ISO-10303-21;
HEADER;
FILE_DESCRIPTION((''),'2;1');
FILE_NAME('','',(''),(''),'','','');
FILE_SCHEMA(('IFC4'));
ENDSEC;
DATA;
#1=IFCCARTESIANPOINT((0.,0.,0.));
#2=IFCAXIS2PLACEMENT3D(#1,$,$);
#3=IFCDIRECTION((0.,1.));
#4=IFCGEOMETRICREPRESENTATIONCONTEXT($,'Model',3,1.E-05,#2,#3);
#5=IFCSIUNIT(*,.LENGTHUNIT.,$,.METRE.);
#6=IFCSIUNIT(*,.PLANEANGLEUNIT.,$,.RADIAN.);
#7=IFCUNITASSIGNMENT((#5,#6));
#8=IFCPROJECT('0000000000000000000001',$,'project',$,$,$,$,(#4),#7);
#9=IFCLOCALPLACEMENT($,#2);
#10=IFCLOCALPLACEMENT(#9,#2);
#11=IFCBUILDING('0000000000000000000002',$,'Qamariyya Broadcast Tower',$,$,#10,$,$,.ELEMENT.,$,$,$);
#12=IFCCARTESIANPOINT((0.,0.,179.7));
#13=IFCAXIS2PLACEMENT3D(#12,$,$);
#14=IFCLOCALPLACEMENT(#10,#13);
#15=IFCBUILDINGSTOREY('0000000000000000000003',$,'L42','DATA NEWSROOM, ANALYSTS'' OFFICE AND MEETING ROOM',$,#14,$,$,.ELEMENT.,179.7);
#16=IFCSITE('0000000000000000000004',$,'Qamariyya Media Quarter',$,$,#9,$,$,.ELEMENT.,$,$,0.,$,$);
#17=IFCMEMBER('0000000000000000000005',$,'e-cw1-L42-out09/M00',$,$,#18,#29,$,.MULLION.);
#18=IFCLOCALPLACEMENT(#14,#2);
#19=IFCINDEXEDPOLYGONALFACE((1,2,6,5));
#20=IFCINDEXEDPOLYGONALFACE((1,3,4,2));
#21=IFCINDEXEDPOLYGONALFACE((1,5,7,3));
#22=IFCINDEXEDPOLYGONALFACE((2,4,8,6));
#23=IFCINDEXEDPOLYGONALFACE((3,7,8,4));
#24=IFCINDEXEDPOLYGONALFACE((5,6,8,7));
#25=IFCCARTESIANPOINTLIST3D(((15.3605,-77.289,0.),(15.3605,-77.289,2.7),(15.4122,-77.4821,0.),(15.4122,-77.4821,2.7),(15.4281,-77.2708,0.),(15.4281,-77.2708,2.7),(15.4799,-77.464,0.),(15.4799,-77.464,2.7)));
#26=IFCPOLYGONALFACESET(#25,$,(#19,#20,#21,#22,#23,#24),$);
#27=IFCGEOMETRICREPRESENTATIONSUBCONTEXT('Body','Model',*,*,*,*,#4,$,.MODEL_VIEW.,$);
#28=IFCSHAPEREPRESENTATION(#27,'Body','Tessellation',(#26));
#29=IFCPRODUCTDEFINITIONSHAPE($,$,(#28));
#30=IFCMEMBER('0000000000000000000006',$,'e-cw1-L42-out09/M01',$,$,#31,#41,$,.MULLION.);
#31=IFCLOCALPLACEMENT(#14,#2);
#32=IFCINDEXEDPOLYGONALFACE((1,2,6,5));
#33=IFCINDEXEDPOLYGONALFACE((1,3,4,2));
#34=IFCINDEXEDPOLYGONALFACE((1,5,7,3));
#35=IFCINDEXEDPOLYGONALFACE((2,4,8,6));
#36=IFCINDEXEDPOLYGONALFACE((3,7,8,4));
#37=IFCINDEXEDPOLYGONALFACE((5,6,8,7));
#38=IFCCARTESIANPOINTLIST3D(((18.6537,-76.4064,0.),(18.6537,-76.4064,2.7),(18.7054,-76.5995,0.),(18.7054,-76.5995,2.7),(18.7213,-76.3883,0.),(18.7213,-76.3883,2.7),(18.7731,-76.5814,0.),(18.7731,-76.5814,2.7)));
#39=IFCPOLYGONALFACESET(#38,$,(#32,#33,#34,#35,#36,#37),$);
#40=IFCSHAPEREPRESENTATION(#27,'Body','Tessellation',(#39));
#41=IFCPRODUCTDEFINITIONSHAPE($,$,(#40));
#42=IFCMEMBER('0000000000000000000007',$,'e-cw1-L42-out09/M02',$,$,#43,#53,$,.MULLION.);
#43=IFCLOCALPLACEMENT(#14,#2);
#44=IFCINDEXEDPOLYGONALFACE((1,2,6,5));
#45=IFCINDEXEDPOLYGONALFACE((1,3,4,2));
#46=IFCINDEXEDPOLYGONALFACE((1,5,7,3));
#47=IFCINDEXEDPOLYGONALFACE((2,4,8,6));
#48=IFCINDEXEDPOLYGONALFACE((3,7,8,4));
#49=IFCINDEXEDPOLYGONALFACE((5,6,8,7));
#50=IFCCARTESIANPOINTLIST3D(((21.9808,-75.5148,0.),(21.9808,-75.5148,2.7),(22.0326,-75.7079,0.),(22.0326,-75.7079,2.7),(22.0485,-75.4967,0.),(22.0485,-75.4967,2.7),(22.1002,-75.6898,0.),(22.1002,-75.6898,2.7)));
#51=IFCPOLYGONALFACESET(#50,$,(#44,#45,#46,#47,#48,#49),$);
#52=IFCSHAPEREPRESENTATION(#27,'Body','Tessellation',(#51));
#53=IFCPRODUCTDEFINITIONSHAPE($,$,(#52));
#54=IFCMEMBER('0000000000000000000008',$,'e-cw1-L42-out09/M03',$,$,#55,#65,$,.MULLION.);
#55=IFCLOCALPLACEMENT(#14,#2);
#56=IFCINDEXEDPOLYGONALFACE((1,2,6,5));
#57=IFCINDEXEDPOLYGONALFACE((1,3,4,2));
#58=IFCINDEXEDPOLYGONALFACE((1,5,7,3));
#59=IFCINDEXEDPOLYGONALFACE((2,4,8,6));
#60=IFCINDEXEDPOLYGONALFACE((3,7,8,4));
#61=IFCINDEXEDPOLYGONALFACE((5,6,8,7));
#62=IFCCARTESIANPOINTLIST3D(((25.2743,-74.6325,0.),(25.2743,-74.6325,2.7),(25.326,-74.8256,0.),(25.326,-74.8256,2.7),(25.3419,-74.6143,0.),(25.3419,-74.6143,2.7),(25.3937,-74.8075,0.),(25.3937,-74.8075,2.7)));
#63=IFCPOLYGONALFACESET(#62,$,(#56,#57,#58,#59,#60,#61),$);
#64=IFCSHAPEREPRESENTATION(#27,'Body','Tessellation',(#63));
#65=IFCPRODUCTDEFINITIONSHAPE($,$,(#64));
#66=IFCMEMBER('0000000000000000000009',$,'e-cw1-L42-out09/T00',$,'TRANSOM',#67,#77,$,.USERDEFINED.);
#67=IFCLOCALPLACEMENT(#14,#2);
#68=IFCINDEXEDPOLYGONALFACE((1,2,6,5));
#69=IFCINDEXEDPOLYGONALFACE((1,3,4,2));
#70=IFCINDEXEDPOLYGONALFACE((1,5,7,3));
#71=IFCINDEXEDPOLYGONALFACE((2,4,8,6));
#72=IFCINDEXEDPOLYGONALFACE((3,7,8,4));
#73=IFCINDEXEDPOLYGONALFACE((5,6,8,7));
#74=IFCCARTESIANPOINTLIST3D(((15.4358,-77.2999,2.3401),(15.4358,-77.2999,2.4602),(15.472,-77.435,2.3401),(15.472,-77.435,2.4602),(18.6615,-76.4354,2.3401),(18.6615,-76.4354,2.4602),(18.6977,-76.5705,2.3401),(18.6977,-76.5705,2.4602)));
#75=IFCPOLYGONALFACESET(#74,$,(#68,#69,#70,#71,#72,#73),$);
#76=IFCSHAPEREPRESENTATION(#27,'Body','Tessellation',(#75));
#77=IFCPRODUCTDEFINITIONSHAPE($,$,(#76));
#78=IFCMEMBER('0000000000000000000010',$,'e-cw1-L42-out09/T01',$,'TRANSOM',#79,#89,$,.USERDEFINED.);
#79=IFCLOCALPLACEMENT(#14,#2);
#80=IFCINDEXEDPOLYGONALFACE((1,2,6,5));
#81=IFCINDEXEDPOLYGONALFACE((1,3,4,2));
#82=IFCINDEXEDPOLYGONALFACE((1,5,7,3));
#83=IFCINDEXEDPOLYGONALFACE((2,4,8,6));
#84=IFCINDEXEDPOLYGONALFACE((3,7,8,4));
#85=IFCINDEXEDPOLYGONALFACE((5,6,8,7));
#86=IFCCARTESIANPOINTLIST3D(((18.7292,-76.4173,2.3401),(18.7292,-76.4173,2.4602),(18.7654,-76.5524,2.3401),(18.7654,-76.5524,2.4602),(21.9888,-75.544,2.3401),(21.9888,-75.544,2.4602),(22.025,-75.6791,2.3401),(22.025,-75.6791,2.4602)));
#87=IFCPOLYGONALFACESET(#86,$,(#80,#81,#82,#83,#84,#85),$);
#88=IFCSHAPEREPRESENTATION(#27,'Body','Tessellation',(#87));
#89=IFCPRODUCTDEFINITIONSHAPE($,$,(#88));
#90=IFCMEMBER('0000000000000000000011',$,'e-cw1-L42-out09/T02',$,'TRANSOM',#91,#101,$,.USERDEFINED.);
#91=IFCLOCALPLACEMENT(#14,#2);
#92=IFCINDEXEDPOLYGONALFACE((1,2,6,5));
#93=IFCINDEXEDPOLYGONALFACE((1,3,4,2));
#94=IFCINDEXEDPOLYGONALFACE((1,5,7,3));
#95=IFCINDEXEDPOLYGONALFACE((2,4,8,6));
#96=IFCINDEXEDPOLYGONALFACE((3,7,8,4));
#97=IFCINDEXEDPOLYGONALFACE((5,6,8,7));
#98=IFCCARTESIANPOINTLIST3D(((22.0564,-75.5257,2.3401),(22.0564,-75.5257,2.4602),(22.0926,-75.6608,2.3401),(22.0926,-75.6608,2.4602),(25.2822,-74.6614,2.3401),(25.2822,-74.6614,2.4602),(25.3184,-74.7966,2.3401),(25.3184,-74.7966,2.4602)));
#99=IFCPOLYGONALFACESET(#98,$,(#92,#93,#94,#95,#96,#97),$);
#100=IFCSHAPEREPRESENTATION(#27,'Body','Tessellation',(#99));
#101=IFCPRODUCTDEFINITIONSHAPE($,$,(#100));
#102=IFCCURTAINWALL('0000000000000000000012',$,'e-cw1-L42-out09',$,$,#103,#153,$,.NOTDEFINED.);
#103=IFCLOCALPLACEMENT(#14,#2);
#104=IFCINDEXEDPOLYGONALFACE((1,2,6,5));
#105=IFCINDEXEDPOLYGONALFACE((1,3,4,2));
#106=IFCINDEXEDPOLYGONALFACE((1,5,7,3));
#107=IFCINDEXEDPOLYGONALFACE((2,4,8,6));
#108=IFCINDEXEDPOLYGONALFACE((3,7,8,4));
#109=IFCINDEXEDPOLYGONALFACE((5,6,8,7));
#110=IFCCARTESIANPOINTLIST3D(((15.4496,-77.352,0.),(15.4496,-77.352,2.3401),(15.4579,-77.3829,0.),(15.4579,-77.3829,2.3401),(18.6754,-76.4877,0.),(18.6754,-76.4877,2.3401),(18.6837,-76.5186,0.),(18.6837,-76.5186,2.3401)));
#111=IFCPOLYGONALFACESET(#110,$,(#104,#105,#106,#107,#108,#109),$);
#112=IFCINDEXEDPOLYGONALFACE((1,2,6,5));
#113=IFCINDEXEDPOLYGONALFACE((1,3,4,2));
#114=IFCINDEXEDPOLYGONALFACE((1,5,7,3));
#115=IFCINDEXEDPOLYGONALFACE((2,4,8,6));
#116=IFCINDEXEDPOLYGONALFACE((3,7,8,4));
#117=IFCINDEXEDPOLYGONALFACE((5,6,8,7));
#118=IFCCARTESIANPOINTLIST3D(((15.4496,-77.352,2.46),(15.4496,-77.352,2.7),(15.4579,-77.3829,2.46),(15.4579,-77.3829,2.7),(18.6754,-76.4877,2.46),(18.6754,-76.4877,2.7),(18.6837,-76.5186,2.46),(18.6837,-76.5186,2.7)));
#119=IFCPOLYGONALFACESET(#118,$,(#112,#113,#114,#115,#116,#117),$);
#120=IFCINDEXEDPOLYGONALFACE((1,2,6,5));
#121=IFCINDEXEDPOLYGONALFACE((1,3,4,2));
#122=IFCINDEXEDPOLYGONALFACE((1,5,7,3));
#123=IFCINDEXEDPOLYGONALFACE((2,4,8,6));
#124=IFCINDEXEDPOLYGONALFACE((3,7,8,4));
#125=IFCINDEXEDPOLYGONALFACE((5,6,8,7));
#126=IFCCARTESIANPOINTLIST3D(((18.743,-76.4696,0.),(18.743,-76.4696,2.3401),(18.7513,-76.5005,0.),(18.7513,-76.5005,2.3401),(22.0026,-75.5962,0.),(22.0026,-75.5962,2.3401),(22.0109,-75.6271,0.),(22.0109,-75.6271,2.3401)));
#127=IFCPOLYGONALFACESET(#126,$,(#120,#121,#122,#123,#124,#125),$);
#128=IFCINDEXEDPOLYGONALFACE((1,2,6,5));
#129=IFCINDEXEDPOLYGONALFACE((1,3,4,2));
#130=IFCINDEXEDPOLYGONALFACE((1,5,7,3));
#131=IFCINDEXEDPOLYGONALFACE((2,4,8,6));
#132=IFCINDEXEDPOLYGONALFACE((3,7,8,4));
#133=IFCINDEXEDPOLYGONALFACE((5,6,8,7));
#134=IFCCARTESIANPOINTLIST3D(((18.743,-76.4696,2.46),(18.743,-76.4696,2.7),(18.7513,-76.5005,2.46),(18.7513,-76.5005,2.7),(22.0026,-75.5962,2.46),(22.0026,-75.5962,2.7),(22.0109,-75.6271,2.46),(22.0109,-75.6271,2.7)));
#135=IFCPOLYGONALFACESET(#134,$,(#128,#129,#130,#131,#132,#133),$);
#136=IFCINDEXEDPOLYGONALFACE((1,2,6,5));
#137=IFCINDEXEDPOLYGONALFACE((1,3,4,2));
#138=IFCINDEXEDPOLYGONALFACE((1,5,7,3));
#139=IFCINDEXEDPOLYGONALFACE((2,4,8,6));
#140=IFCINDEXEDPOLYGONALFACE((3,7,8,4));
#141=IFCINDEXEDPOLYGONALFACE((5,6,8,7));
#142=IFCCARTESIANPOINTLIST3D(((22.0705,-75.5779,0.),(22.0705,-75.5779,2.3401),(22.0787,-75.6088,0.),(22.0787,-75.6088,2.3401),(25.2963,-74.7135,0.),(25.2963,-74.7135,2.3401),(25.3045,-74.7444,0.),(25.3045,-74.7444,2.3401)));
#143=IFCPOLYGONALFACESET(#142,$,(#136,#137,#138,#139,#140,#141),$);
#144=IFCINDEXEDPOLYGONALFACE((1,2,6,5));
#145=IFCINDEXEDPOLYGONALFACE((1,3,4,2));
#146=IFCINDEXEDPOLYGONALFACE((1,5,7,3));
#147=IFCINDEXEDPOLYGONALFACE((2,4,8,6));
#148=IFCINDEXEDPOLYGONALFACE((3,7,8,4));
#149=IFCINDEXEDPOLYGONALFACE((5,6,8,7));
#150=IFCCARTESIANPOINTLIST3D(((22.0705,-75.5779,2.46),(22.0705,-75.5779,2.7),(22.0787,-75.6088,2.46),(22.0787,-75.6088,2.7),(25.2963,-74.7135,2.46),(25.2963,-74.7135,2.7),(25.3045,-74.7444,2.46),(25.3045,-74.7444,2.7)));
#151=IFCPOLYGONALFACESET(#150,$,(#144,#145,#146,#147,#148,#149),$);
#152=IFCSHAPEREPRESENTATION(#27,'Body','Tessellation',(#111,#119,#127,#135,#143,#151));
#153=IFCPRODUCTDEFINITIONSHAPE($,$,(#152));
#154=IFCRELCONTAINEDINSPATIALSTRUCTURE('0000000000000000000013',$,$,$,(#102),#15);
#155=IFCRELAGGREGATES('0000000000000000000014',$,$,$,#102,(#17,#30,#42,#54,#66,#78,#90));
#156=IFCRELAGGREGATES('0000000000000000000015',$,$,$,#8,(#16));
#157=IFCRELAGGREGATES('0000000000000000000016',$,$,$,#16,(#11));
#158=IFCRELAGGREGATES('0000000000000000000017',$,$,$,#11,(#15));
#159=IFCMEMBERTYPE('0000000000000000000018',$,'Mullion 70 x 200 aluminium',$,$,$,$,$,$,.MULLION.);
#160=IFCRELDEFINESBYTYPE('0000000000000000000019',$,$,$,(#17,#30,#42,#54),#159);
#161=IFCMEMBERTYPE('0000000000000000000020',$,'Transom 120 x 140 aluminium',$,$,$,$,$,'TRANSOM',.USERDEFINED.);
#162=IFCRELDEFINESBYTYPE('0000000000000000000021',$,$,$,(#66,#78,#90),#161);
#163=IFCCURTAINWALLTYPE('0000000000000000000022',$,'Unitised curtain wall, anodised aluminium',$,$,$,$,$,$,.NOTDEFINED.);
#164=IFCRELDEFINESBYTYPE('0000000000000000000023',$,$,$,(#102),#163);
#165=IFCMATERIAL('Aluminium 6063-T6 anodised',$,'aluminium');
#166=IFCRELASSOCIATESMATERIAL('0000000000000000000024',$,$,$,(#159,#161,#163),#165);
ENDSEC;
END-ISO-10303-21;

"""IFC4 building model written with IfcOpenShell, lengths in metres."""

from ifc_helpers import new_model, si_unit, direction, frame, origin, origin_2d, place, context, subcontext, project, spatial, rectangle, extrude, material, material_profile, profile_set, type_object, element, aggregate, save


model = new_model("IFC4")

# Units and contexts
model_context = context("Model", 3, precision=1e-05, world=origin(), true_north=direction((0.0, 1.0)))
body_context = subcontext(model_context, "Body", "Model", "MODEL_VIEW")
ifc_project = project(units=[si_unit("LENGTHUNIT", "METRE"), si_unit("PLANEANGLEUNIT", "RADIAN")], contexts=[model_context])

# Members
ifc_material = material(Name="Aluminium 6063-T6 anodised", Category="aluminium")
ifc_material_profile_1 = material_profile(ifc_material, rectangle(XDim=0.2, YDim=0.0701, at=origin_2d()))
ifc_profile_set_1 = profile_set([ifc_material_profile_1], Name="Aluminium 6063-T6 anodised")
member_type_1 = type_object("IfcMemberType", Name="Mullion 70 x 200 aluminium", PredefinedType="MULLION", material=ifc_profile_set_1)
site_placement = place(None, origin())
building_placement = place(site_placement, origin())
storey_placement = place(building_placement, frame((0.0, 0.0, 179.7)))
member_1_placement = place(storey_placement, frame((15.4202, -77.3765, 0.0), z_axis=(0.0, 0.0, 1.0), x_axis=(-0.258819, 0.965926, 0.0)))
member_1 = element("IfcMember", 1, at=member_1_placement, type_object=member_type_1, Name="e-cw1-L42-out09/M00", PredefinedType="MULLION", context=body_context, shape_type="SweptSolid", body=[
    extrude(rectangle(XDim=0.2, YDim=0.0701, at=origin_2d()), origin(), (0.0, 0.0, 1.0), 2.7),
])
member_2_placement = place(storey_placement, frame((18.7134, -76.4939, 0.0), z_axis=(0.0, 0.0, 1.0), x_axis=(-0.258819, 0.965926, 0.0)))
member_2 = element("IfcMember", 2, at=member_2_placement, type_object=member_type_1, Name="e-cw1-L42-out09/M01", PredefinedType="MULLION", context=body_context, shape_type="SweptSolid", body=[
    extrude(rectangle(XDim=0.2, YDim=0.0701, at=origin_2d()), origin(), (0.0, 0.0, 1.0), 2.7),
])
member_3_placement = place(storey_placement, frame((22.0405, -75.6023, 0.0), z_axis=(0.0, 0.0, 1.0), x_axis=(-0.258819, 0.965926, 0.0)))
member_3 = element("IfcMember", 3, at=member_3_placement, type_object=member_type_1, Name="e-cw1-L42-out09/M02", PredefinedType="MULLION", context=body_context, shape_type="SweptSolid", body=[
    extrude(rectangle(XDim=0.2, YDim=0.0701, at=origin_2d()), origin(), (0.0, 0.0, 1.0), 2.7),
])
member_4_placement = place(storey_placement, frame((25.334, -74.72, 0.0), z_axis=(0.0, 0.0, 1.0), x_axis=(-0.258819, 0.965926, 0.0)))
member_4 = element("IfcMember", 4, at=member_4_placement, type_object=member_type_1, Name="e-cw1-L42-out09/M03", PredefinedType="MULLION", context=body_context, shape_type="SweptSolid", body=[
    extrude(rectangle(XDim=0.2, YDim=0.0701, at=origin_2d()), origin(), (0.0, 0.0, 1.0), 2.7),
])
ifc_material_profile_2 = material_profile(ifc_material, rectangle(XDim=0.1399, YDim=0.1201, at=origin_2d()))
ifc_profile_set_2 = profile_set([ifc_material_profile_2], Name="Aluminium 6063-T6 anodised")
member_type_2 = type_object("IfcMemberType", Name="Transom 120 x 140 aluminium", ElementType="TRANSOM", PredefinedType="USERDEFINED", material=ifc_profile_set_2)
member_5_placement = place(storey_placement, frame((15.4539, -77.3674, 2.4001), z_axis=(0.965915, 0.258859, 0.0), x_axis=(-0.258859, 0.965915, 0.0)))
member_5 = element("IfcMember", 5, at=member_5_placement, type_object=member_type_2, Name="e-cw1-L42-out09/T00", ObjectType="TRANSOM", PredefinedType="USERDEFINED", context=body_context, shape_type="SweptSolid", body=[
    extrude(rectangle(XDim=0.1399, YDim=0.1201, at=origin_2d()), origin(), (0.0, 0.0, 1.0), 3.3396),
])
member_6_placement = place(storey_placement, frame((18.7473, -76.4849, 2.4001), z_axis=(0.965933, 0.258793, 0.0), x_axis=(-0.258793, 0.965933, 0.0)))
member_6 = element("IfcMember", 6, at=member_6_placement, type_object=member_type_2, Name="e-cw1-L42-out09/T01", ObjectType="TRANSOM", PredefinedType="USERDEFINED", context=body_context, shape_type="SweptSolid", body=[
    extrude(rectangle(XDim=0.1399, YDim=0.1201, at=origin_2d()), origin(), (0.0, 0.0, 1.0), 3.3745),
])
member_7_placement = place(storey_placement, frame((22.0745, -75.5933, 2.4001), z_axis=(0.965933, 0.258791, 0.0), x_axis=(-0.258791, 0.965933, 0.0)))
member_7 = element("IfcMember", 7, at=member_7_placement, type_object=member_type_2, Name="e-cw1-L42-out09/T02", ObjectType="TRANSOM", PredefinedType="USERDEFINED", context=body_context, shape_type="SweptSolid", body=[
    extrude(rectangle(XDim=0.1399, YDim=0.1201, at=origin_2d()), origin(), (0.0, 0.0, 1.0), 3.3396),
])

# Site, building, storey
site = spatial("IfcSite", under=ifc_project, at=site_placement, Name="Qamariyya Media Quarter", CompositionType="ELEMENT", RefElevation=0.0)
building = spatial("IfcBuilding", under=site, at=building_placement, Name="Qamariyya Broadcast Tower", CompositionType="ELEMENT")
storey = spatial("IfcBuildingStorey", under=building, at=storey_placement, Name="L42", Description="DATA NEWSROOM, ANALYSTS' OFFICE AND MEETING ROOM", CompositionType="ELEMENT", Elevation=179.7)

# Curtain wall
curtain_wall_type = type_object("IfcCurtainWallType", Name="Unitised curtain wall, anodised aluminium", PredefinedType="NOTDEFINED", material=ifc_material)
curtain_wall_1_placement = place(storey_placement, origin())
curtain_wall_1 = element("IfcCurtainWall", 8, at=curtain_wall_1_placement, inside=storey, type_object=curtain_wall_type, Name="e-cw1-L42-out09", PredefinedType="NOTDEFINED", context=body_context, shape_type="SweptSolid", body=[
    extrude(rectangle(XDim=3.3396, YDim=0.032, at=origin_2d()), frame((17.0667, -76.9353, 0.0), x_axis=(0.965926, 0.258817, 0.0)), (0.0, 0.0, 1.0), 2.3401),
    extrude(rectangle(XDim=3.3396, YDim=0.032, at=origin_2d()), frame((17.0667, -76.9353, 2.46), x_axis=(0.965926, 0.258817, 0.0)), (0.0, 0.0, 1.0), 0.24),
    extrude(rectangle(XDim=3.3745, YDim=0.032, at=origin_2d()), frame((20.377, -76.0483, 0.0), x_axis=(0.965926, 0.258817, 0.0)), (0.0, 0.0, 1.0), 2.3401),
    extrude(rectangle(XDim=3.3745, YDim=0.032, at=origin_2d()), frame((20.377, -76.0483, 2.46), x_axis=(0.965926, 0.258817, 0.0)), (0.0, 0.0, 1.0), 0.24),
    extrude(rectangle(XDim=3.3396, YDim=0.032, at=origin_2d()), frame((23.6875, -75.1611, 0.0), x_axis=(0.965926, 0.258817, 0.0)), (0.0, 0.0, 1.0), 2.3401),
    extrude(rectangle(XDim=3.3396, YDim=0.032, at=origin_2d()), frame((23.6875, -75.1611, 2.46), x_axis=(0.965926, 0.258817, 0.0)), (0.0, 0.0, 1.0), 0.24),
])
aggregate(curtain_wall_1, [member_1, member_2, member_3, member_4, member_5, member_6, member_7])

save(model, "model.ifc")
